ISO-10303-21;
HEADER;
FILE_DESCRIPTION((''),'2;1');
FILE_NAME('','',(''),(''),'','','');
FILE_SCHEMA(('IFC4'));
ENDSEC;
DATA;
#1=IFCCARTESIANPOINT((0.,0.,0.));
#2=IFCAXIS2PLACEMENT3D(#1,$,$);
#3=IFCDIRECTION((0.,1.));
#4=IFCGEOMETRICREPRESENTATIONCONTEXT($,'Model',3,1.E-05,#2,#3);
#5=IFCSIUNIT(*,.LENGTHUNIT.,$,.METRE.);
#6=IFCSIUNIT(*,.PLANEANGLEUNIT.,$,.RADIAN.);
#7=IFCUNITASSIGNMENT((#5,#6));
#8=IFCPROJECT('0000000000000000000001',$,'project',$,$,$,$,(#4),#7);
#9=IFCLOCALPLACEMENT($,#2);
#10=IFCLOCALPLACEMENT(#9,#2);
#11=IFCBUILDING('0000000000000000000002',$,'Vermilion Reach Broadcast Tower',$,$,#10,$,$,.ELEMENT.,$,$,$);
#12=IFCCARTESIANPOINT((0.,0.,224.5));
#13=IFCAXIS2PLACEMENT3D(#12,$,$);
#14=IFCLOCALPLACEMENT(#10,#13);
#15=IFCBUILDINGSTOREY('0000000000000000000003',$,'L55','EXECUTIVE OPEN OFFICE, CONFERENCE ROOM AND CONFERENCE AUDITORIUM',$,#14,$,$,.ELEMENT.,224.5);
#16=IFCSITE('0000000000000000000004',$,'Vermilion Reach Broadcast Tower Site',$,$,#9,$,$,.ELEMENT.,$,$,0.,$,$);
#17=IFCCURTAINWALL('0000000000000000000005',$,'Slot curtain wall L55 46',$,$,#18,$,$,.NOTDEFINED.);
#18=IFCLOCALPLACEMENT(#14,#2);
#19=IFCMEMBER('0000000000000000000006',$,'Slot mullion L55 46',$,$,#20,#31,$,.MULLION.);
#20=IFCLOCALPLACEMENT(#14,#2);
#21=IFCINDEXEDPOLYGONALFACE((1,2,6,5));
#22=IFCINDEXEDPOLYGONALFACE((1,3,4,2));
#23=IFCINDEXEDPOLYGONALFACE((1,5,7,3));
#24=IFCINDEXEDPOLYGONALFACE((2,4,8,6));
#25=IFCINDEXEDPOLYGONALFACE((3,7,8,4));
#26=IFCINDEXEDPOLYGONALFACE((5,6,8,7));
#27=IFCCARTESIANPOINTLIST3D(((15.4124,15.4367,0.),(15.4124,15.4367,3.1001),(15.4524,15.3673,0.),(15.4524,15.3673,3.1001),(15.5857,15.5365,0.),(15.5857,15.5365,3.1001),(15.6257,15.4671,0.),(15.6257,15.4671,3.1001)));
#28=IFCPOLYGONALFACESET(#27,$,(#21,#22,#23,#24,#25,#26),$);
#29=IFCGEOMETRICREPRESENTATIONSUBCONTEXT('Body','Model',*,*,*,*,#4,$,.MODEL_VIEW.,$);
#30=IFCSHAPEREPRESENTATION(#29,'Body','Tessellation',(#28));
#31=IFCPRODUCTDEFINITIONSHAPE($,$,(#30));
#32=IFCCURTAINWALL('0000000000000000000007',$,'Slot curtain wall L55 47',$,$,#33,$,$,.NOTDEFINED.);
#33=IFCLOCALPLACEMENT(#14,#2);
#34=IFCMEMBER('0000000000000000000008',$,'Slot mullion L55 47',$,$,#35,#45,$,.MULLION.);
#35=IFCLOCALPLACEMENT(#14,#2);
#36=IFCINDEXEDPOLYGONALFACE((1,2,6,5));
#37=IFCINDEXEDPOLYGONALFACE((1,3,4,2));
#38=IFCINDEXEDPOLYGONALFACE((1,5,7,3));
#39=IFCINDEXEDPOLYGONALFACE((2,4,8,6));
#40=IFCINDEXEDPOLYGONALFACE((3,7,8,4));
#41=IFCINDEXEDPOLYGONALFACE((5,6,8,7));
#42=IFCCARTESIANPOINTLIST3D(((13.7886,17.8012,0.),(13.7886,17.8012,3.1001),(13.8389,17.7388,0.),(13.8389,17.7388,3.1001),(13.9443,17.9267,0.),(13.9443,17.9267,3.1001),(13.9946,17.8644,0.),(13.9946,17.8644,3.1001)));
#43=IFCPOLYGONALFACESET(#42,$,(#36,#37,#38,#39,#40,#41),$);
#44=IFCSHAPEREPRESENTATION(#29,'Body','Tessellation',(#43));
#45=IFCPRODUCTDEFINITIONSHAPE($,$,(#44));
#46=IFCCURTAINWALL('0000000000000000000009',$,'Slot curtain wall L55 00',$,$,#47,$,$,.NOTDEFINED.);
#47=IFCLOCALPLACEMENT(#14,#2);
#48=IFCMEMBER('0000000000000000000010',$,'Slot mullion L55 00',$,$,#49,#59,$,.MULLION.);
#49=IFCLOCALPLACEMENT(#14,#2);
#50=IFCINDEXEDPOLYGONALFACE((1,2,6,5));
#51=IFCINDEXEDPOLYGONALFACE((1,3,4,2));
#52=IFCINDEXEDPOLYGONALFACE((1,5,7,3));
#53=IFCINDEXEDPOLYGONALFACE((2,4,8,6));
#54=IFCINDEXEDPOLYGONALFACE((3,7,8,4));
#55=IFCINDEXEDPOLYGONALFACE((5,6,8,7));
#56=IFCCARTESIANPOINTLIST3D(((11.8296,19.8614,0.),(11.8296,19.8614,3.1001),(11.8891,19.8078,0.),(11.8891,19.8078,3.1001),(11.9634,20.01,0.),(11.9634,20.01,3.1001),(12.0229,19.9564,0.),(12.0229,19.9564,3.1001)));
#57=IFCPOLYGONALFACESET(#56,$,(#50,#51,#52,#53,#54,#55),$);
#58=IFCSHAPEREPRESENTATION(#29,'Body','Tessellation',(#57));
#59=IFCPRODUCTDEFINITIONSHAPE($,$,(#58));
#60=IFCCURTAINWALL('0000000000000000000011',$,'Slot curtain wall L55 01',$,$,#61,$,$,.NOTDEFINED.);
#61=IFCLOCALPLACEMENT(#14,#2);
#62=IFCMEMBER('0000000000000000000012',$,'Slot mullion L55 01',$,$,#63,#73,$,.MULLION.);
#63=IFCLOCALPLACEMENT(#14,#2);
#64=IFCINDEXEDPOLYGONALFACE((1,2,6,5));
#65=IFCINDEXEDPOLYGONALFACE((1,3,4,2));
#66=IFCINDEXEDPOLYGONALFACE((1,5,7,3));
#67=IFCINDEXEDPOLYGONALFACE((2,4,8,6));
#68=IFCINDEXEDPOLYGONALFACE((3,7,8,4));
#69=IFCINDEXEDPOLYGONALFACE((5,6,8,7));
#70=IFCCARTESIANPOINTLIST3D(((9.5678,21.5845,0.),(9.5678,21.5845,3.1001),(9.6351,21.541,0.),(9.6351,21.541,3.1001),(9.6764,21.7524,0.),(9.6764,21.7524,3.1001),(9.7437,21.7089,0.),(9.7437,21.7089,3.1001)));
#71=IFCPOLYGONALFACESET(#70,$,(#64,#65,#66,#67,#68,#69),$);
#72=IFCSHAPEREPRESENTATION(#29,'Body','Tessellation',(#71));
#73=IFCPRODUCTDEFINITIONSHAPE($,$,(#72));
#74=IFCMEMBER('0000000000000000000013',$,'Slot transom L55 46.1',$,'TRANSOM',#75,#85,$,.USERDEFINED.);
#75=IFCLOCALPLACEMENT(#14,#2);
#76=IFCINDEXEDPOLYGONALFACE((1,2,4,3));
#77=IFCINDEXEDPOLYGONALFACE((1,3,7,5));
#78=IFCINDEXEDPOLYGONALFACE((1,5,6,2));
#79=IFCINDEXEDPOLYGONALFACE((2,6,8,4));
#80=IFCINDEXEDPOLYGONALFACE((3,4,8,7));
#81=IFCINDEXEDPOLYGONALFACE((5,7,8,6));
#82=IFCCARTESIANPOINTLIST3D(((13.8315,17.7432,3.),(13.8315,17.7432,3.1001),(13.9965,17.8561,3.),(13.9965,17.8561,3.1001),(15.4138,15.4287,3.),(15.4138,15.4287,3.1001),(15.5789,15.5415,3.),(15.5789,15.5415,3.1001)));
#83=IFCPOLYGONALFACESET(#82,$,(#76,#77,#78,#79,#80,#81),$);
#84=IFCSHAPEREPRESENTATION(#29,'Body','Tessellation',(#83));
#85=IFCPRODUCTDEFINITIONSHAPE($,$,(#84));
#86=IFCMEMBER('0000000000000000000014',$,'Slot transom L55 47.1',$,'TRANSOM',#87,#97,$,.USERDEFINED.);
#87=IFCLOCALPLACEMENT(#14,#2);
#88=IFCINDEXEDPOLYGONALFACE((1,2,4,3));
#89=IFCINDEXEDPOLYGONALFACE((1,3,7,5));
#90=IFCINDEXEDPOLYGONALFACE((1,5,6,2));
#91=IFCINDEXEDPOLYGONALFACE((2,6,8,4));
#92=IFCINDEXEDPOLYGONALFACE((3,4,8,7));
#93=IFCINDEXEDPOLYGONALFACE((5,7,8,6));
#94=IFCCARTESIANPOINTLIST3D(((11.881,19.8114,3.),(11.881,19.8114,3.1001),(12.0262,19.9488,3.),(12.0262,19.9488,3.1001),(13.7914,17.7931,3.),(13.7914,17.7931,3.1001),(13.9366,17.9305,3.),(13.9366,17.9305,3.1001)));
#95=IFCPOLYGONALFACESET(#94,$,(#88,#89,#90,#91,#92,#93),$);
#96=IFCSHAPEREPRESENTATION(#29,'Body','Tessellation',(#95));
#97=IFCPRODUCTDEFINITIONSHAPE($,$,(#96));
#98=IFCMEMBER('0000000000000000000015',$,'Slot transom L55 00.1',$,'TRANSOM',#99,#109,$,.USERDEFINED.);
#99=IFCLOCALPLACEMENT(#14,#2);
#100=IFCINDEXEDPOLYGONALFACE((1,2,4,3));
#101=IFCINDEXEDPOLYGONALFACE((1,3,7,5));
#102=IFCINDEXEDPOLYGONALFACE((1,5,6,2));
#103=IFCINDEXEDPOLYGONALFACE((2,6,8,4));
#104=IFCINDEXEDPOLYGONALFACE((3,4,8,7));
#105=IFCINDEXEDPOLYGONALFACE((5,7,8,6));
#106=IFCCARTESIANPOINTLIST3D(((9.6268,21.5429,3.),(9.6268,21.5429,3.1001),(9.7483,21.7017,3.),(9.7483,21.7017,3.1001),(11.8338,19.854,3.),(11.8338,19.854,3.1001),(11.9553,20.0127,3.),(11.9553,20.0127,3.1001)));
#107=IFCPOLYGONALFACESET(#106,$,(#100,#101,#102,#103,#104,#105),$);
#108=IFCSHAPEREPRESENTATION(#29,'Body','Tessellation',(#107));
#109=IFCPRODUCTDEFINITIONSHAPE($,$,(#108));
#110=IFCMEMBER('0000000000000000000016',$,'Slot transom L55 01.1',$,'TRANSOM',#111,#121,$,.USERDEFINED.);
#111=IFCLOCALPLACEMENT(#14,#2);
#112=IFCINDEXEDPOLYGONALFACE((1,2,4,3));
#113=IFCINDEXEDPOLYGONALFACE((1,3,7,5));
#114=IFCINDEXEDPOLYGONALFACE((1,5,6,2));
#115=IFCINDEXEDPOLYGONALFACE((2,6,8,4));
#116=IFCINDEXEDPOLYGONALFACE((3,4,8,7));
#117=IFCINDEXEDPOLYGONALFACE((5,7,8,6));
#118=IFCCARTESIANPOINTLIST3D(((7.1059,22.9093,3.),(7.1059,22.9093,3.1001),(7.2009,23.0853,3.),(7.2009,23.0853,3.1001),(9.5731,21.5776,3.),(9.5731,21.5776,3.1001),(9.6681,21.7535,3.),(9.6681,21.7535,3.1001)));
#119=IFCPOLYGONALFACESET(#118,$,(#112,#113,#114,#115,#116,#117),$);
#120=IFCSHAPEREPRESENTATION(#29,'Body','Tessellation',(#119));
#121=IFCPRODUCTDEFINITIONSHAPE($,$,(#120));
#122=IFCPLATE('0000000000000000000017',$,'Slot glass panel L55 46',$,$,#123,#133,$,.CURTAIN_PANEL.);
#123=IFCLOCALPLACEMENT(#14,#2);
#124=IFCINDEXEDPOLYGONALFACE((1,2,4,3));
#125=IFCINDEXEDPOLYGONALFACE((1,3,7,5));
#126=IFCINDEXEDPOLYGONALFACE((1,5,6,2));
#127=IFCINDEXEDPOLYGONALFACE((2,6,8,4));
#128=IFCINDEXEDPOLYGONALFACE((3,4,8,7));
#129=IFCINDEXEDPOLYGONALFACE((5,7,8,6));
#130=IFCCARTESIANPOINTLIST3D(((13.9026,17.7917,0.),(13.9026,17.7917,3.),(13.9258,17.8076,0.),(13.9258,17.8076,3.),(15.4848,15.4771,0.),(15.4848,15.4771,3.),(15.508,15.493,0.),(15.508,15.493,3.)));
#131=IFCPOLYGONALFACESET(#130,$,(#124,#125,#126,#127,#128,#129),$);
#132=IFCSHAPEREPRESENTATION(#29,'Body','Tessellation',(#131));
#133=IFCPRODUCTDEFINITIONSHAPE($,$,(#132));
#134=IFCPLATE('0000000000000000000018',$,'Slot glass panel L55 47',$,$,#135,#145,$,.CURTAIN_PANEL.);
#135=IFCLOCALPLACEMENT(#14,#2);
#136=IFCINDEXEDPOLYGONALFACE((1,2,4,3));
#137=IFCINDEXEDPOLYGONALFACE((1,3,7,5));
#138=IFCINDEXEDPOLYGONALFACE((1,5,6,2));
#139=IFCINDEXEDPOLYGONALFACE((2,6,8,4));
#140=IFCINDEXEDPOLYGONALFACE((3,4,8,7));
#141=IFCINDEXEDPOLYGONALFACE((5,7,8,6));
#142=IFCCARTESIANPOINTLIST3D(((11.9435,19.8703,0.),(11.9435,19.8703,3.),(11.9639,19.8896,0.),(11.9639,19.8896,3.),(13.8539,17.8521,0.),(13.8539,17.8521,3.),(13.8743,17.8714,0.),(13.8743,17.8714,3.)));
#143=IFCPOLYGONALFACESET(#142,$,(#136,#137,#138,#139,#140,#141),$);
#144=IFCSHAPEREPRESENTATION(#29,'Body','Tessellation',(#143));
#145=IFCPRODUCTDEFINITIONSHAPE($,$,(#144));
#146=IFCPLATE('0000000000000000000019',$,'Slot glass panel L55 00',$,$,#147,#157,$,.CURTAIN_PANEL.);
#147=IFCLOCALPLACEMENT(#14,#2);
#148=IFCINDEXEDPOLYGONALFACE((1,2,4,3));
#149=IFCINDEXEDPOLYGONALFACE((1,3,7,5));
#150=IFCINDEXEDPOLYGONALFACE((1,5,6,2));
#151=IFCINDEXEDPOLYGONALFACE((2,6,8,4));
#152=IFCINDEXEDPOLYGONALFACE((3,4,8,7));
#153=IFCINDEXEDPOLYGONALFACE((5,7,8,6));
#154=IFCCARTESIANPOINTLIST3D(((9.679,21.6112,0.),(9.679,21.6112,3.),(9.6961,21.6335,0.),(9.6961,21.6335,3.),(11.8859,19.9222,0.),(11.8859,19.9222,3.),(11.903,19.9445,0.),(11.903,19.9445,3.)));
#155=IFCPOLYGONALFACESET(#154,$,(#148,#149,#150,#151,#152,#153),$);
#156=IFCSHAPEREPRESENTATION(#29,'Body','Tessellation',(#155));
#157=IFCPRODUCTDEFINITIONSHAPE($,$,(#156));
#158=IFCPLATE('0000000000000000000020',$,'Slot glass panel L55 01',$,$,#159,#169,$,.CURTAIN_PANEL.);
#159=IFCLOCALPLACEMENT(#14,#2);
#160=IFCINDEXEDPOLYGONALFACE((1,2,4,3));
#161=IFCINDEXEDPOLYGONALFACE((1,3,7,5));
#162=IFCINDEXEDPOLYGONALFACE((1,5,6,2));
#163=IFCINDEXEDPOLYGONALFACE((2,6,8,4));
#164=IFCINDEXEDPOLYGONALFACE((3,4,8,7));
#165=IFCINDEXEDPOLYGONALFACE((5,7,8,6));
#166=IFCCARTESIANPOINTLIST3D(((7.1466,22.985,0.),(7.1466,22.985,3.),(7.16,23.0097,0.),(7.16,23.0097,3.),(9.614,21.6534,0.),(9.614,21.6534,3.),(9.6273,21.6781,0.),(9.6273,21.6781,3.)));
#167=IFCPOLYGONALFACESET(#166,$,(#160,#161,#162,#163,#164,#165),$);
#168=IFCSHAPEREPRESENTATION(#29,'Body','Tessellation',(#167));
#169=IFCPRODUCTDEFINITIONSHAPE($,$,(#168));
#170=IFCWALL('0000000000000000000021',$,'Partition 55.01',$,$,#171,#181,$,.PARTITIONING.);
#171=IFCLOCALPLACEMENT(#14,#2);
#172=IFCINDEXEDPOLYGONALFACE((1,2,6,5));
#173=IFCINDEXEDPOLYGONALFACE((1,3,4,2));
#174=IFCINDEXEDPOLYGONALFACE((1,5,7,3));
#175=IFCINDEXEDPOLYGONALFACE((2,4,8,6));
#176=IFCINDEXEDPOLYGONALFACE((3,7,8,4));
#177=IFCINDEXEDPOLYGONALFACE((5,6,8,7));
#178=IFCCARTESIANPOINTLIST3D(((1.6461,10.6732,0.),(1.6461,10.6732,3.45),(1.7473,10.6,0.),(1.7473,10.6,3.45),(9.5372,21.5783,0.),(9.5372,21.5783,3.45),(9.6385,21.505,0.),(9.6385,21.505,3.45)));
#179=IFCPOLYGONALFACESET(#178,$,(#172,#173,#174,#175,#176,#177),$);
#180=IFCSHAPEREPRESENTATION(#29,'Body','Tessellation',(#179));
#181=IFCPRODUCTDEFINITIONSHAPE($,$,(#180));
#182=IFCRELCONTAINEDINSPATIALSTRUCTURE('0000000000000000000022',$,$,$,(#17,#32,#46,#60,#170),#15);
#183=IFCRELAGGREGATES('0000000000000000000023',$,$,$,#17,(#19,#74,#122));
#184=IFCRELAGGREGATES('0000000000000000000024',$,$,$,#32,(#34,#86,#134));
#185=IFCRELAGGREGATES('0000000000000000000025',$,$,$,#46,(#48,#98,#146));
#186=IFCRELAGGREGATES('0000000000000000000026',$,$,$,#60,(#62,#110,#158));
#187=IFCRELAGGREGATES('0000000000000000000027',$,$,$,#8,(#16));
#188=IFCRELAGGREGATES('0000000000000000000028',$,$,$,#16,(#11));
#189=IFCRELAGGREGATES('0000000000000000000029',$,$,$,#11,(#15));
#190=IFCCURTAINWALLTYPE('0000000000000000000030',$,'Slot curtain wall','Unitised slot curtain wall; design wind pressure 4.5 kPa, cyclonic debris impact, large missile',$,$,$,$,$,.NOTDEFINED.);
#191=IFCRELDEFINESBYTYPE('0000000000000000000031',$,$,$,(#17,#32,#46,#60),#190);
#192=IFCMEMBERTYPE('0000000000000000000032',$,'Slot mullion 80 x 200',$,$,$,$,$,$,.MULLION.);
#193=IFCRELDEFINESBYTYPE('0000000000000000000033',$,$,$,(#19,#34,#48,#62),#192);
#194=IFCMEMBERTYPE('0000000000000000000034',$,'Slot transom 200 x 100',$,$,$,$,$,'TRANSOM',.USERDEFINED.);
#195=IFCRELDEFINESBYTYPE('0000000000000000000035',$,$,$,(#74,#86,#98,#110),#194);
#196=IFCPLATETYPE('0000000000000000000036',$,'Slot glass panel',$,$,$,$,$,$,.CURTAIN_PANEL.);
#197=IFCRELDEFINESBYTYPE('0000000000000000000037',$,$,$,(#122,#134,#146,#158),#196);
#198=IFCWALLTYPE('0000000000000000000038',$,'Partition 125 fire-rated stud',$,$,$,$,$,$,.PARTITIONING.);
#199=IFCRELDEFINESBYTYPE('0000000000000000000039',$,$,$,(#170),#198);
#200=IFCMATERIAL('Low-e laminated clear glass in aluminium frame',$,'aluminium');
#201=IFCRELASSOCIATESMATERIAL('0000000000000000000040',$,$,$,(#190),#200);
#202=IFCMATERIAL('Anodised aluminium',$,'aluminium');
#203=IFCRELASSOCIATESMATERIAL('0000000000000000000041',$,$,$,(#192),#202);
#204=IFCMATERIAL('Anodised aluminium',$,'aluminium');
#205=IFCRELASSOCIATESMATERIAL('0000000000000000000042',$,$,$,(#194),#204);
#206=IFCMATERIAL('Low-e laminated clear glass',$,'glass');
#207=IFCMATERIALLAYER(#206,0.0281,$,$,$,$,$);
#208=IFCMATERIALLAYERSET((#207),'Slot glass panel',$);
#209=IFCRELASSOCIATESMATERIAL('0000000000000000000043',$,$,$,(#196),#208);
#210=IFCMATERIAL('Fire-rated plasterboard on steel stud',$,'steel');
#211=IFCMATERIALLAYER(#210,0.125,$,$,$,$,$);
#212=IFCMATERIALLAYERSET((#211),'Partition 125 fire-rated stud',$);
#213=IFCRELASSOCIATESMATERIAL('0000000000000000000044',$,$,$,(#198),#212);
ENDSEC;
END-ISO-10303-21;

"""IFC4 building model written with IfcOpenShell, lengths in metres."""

from ifc_helpers import new_model, si_unit, direction, frame, frame_2d, origin, origin_2d, place, context, subcontext, project, spatial, rectangle, extrude, material, layer, layer_set, material_profile, profile_set, type_object, element, aggregate, save


model = new_model("IFC4")

# Units and contexts
model_context = context("Model", 3, precision=1e-05, world=origin(), true_north=direction((0.0, 1.0)))
body_context = subcontext(model_context, "Body", "Model", "MODEL_VIEW")
ifc_project = project(units=[si_unit("LENGTHUNIT", "METRE"), si_unit("PLANEANGLEUNIT", "RADIAN")], contexts=[model_context])

# Site, building, storey
site_placement = place(None, origin())
site = spatial("IfcSite", under=ifc_project, at=site_placement, Name="Vermilion Reach Broadcast Tower Site", CompositionType="ELEMENT", RefElevation=0.0)
building_placement = place(site_placement, origin())
building = spatial("IfcBuilding", under=site, at=building_placement, Name="Vermilion Reach Broadcast Tower", CompositionType="ELEMENT")
storey_placement = place(building_placement, frame((0.0, 0.0, 224.5)))
storey = spatial("IfcBuildingStorey", under=building, at=storey_placement, Name="L55", Description="EXECUTIVE OPEN OFFICE, CONFERENCE ROOM AND CONFERENCE AUDITORIUM", CompositionType="ELEMENT", Elevation=224.5)

# Curtain walls, members
ifc_material_1 = material(Name="Low-e laminated clear glass in aluminium frame", Category="aluminium")
curtain_wall_type = type_object("IfcCurtainWallType", Name="Slot curtain wall", Description="Unitised slot curtain wall; design wind pressure 4.5 kPa, cyclonic debris impact, large missile", PredefinedType="NOTDEFINED", material=ifc_material_1)
placement = place(storey_placement, origin())
curtain_wall_1 = element("IfcCurtainWall", 1, at=placement, inside=storey, type_object=curtain_wall_type, Name="Slot curtain wall L55 46", PredefinedType="NOTDEFINED")
ifc_material_2 = material(Name="Anodised aluminium", Category="aluminium")
ifc_material_profile_1 = material_profile(ifc_material_2, rectangle(XDim=0.2, YDim=0.0801, at=origin_2d()), Name="Slot mullion 80 x 200")
ifc_profile_set_1 = profile_set([ifc_material_profile_1], Name="Anodised aluminium")
member_type_1 = type_object("IfcMemberType", Name="Slot mullion 80 x 200", PredefinedType="MULLION", material=ifc_profile_set_1)
member_1_placement = place(storey_placement, frame((15.519, 15.4519, 0.0), z_axis=(0.0, 0.0, 1.0), x_axis=(-0.866666, -0.498889, 0.0)))
member_1 = element("IfcMember", 2, at=member_1_placement, type_object=member_type_1, Name="Slot mullion L55 46", PredefinedType="MULLION", context=body_context, shape_type="SweptSolid", body=[
    extrude(rectangle(XDim=0.2, YDim=0.0801, at=origin_2d()), origin(), (0.0, 0.0, 1.0), 3.1001),
])
curtain_wall_2 = element("IfcCurtainWall", 3, at=placement, inside=storey, type_object=curtain_wall_type, Name="Slot curtain wall L55 47", PredefinedType="NOTDEFINED")
member_2_placement = place(storey_placement, frame((13.8916, 17.8328, 0.0), z_axis=(0.0, 0.0, 1.0), x_axis=(-0.778341, -0.627842, 0.0)))
member_2 = element("IfcMember", 4, at=member_2_placement, type_object=member_type_1, Name="Slot mullion L55 47", PredefinedType="MULLION", context=body_context, shape_type="SweptSolid", body=[
    extrude(rectangle(XDim=0.2, YDim=0.0801, at=origin_2d()), origin(), (0.0, 0.0, 1.0), 3.1001),
])
curtain_wall_3 = element("IfcCurtainWall", 5, at=placement, inside=storey, type_object=curtain_wall_type, Name="Slot curtain wall L55 00", PredefinedType="NOTDEFINED")
member_3_placement = place(storey_placement, frame((11.9263, 19.9089, 0.0), z_axis=(0.0, 0.0, 1.0), x_axis=(-0.669131, -0.743145, 0.0)))
member_3 = element("IfcMember", 6, at=member_3_placement, type_object=member_type_1, Name="Slot mullion L55 00", PredefinedType="MULLION", context=body_context, shape_type="SweptSolid", body=[
    extrude(rectangle(XDim=0.2, YDim=0.0801, at=origin_2d()), origin(), (0.0, 0.0, 1.0), 3.1001),
])
curtain_wall_4 = element("IfcCurtainWall", 7, at=placement, inside=storey, type_object=curtain_wall_type, Name="Slot curtain wall L55 01", PredefinedType="NOTDEFINED")
member_4_placement = place(storey_placement, frame((9.6558, 21.6467, 0.0), z_axis=(0.0, 0.0, 1.0), x_axis=(-0.543044, -0.839704, 0.0)))
member_4 = element("IfcMember", 8, at=member_4_placement, type_object=member_type_1, Name="Slot mullion L55 01", PredefinedType="MULLION", context=body_context, shape_type="SweptSolid", body=[
    extrude(rectangle(XDim=0.2, YDim=0.0801, at=origin_2d()), origin(), (0.0, 0.0, 1.0), 3.1001),
])

# Members
ifc_material_3 = material(Name="Anodised aluminium", Category="aluminium")
ifc_material_profile_2 = material_profile(ifc_material_3, rectangle(XDim=0.2, YDim=0.1001, at=origin_2d()), Name="Slot transom 200 x 100")
ifc_profile_set_2 = profile_set([ifc_material_profile_2], Name="Anodised aluminium")
member_type_2 = type_object("IfcMemberType", Name="Slot transom 200 x 100", ElementType="TRANSOM", PredefinedType="USERDEFINED", material=ifc_profile_set_2)
member_5_placement = place(storey_placement, frame((15.4963, 15.4851, 3.05), z_axis=(-0.564369, 0.825523, 0.0), x_axis=(-0.825523, -0.564369, 0.0)))
member_5 = element("IfcMember", 9, at=member_5_placement, type_object=member_type_2, Name="Slot transom L55 46.1", ObjectType="TRANSOM", PredefinedType="USERDEFINED", context=body_context, shape_type="SweptSolid", body=[
    extrude(rectangle(XDim=0.2, YDim=0.1001, at=origin_2d()), origin(), (0.0, 0.0, 1.0), 2.8037),
])
member_6_placement = place(storey_placement, frame((13.864, 17.8618, 3.05), z_axis=(-0.687425, 0.726255, 0.0), x_axis=(-0.726255, -0.687425, 0.0)))
member_6 = element("IfcMember", 10, at=member_6_placement, type_object=member_type_2, Name="Slot transom L55 47.1", ObjectType="TRANSOM", PredefinedType="USERDEFINED", context=body_context, shape_type="SweptSolid", body=[
    extrude(rectangle(XDim=0.2, YDim=0.1001, at=origin_2d()), origin(), (0.0, 0.0, 1.0), 2.7791),
])
member_7_placement = place(storey_placement, frame((11.8945, 19.9333, 3.05), z_axis=(-0.794143, 0.60773, 0.0), x_axis=(-0.60773, -0.794143, 0.0)))
member_7 = element("IfcMember", 11, at=member_7_placement, type_object=member_type_2, Name="Slot transom L55 00.1", ObjectType="TRANSOM", PredefinedType="USERDEFINED", context=body_context, shape_type="SweptSolid", body=[
    extrude(rectangle(XDim=0.2, YDim=0.1001, at=origin_2d()), origin(), (0.0, 0.0, 1.0), 2.7791),
])
member_8_placement = place(storey_placement, frame((9.6206, 21.6655, 3.05), z_axis=(-0.879987, 0.474998, 0.0), x_axis=(-0.474998, -0.879987, 0.0)))
member_8 = element("IfcMember", 12, at=member_8_placement, type_object=member_type_2, Name="Slot transom L55 01.1", ObjectType="TRANSOM", PredefinedType="USERDEFINED", context=body_context, shape_type="SweptSolid", body=[
    extrude(rectangle(XDim=0.2, YDim=0.1001, at=origin_2d()), origin(), (0.0, 0.0, 1.0), 2.8037),
])

# Plates
ifc_material_4 = material(Name="Low-e laminated clear glass", Category="glass")
ifc_layer_1 = layer(ifc_material_4, 0.0281)
ifc_layer_set_1 = layer_set([ifc_layer_1], Name="Slot glass panel")
plate_type = type_object("IfcPlateType", Name="Slot glass panel", PredefinedType="CURTAIN_PANEL", material=ifc_layer_set_1)
plate_1_placement = place(storey_placement, frame((14.7053, 16.6423, 0.0), z_axis=(0.0, 0.0, 1.0), x_axis=(-0.564325, 0.825553, 0.0)))
plate_1 = element("IfcPlate", 13, at=plate_1_placement, type_object=plate_type, Name="Slot glass panel L55 46", PredefinedType="CURTAIN_PANEL", context=body_context, shape_type="SweptSolid", body=[
    extrude(rectangle(XDim=2.8037, YDim=0.0281, at=origin_2d()), origin(), (0.0, 0.0, 1.0), 3.0),
])
aggregate(curtain_wall_1, [member_1, member_5, plate_1])
plate_2_placement = place(storey_placement, frame((12.9089, 18.8708, 0.0), z_axis=(0.0, 0.0, 1.0), x_axis=(-0.687427, 0.726254, 0.0)))
plate_2 = element("IfcPlate", 14, at=plate_2_placement, type_object=plate_type, Name="Slot glass panel L55 47", PredefinedType="CURTAIN_PANEL", context=body_context, shape_type="SweptSolid", body=[
    extrude(rectangle(XDim=2.7791, YDim=0.0281, at=origin_2d()), origin(), (0.0, 0.0, 1.0), 3.0),
])
aggregate(curtain_wall_2, [member_2, member_6, plate_2])
plate_3_placement = place(storey_placement, frame((10.791, 20.7778, 0.0), z_axis=(0.0, 0.0, 1.0), x_axis=(-0.794131, 0.607747, 0.0)))
plate_3 = element("IfcPlate", 15, at=plate_3_placement, type_object=plate_type, Name="Slot glass panel L55 00", PredefinedType="CURTAIN_PANEL", context=body_context, shape_type="SweptSolid", body=[
    extrude(rectangle(XDim=2.7791, YDim=0.0281, at=origin_2d()), origin(), (0.0, 0.0, 1.0), 3.0),
])
aggregate(curtain_wall_3, [member_3, member_7, plate_3])
plate_4_placement = place(storey_placement, frame((8.387, 22.3315, 0.0), z_axis=(0.0, 0.0, 1.0), x_axis=(-0.880018, 0.47494, 0.0)))
plate_4 = element("IfcPlate", 16, at=plate_4_placement, type_object=plate_type, Name="Slot glass panel L55 01", PredefinedType="CURTAIN_PANEL", context=body_context, shape_type="SweptSolid", body=[
    extrude(rectangle(XDim=2.8037, YDim=0.0281, at=origin_2d()), origin(), (0.0, 0.0, 1.0), 3.0),
])
aggregate(curtain_wall_4, [member_4, member_8, plate_4])

# Wall
ifc_material_5 = material(Name="Fire-rated plasterboard on steel stud", Category="steel")
ifc_layer_2 = layer(ifc_material_5, 0.125)
ifc_layer_set_2 = layer_set([ifc_layer_2], Name="Partition 125 fire-rated stud")
wall_type = type_object("IfcWallType", Name="Partition 125 fire-rated stud", PredefinedType="PARTITIONING", material=ifc_layer_set_2)
wall_placement = place(storey_placement, frame((9.5879, 21.5417, 0.0), z_axis=(0.0, 0.0, 1.0), x_axis=(-0.586235, -0.810141, 0.0)))
element("IfcWall", 17, at=wall_placement, inside=storey, type_object=wall_type, Name="Partition 55.01", PredefinedType="PARTITIONING", context=body_context, shape_type="SweptSolid", body=[
    extrude(rectangle(XDim=13.4607, YDim=0.125, at=frame_2d((6.7305, 0.0))), origin(), (0.0, 0.0, 1.0), 3.45),
])

save(model, "model.ifc")
